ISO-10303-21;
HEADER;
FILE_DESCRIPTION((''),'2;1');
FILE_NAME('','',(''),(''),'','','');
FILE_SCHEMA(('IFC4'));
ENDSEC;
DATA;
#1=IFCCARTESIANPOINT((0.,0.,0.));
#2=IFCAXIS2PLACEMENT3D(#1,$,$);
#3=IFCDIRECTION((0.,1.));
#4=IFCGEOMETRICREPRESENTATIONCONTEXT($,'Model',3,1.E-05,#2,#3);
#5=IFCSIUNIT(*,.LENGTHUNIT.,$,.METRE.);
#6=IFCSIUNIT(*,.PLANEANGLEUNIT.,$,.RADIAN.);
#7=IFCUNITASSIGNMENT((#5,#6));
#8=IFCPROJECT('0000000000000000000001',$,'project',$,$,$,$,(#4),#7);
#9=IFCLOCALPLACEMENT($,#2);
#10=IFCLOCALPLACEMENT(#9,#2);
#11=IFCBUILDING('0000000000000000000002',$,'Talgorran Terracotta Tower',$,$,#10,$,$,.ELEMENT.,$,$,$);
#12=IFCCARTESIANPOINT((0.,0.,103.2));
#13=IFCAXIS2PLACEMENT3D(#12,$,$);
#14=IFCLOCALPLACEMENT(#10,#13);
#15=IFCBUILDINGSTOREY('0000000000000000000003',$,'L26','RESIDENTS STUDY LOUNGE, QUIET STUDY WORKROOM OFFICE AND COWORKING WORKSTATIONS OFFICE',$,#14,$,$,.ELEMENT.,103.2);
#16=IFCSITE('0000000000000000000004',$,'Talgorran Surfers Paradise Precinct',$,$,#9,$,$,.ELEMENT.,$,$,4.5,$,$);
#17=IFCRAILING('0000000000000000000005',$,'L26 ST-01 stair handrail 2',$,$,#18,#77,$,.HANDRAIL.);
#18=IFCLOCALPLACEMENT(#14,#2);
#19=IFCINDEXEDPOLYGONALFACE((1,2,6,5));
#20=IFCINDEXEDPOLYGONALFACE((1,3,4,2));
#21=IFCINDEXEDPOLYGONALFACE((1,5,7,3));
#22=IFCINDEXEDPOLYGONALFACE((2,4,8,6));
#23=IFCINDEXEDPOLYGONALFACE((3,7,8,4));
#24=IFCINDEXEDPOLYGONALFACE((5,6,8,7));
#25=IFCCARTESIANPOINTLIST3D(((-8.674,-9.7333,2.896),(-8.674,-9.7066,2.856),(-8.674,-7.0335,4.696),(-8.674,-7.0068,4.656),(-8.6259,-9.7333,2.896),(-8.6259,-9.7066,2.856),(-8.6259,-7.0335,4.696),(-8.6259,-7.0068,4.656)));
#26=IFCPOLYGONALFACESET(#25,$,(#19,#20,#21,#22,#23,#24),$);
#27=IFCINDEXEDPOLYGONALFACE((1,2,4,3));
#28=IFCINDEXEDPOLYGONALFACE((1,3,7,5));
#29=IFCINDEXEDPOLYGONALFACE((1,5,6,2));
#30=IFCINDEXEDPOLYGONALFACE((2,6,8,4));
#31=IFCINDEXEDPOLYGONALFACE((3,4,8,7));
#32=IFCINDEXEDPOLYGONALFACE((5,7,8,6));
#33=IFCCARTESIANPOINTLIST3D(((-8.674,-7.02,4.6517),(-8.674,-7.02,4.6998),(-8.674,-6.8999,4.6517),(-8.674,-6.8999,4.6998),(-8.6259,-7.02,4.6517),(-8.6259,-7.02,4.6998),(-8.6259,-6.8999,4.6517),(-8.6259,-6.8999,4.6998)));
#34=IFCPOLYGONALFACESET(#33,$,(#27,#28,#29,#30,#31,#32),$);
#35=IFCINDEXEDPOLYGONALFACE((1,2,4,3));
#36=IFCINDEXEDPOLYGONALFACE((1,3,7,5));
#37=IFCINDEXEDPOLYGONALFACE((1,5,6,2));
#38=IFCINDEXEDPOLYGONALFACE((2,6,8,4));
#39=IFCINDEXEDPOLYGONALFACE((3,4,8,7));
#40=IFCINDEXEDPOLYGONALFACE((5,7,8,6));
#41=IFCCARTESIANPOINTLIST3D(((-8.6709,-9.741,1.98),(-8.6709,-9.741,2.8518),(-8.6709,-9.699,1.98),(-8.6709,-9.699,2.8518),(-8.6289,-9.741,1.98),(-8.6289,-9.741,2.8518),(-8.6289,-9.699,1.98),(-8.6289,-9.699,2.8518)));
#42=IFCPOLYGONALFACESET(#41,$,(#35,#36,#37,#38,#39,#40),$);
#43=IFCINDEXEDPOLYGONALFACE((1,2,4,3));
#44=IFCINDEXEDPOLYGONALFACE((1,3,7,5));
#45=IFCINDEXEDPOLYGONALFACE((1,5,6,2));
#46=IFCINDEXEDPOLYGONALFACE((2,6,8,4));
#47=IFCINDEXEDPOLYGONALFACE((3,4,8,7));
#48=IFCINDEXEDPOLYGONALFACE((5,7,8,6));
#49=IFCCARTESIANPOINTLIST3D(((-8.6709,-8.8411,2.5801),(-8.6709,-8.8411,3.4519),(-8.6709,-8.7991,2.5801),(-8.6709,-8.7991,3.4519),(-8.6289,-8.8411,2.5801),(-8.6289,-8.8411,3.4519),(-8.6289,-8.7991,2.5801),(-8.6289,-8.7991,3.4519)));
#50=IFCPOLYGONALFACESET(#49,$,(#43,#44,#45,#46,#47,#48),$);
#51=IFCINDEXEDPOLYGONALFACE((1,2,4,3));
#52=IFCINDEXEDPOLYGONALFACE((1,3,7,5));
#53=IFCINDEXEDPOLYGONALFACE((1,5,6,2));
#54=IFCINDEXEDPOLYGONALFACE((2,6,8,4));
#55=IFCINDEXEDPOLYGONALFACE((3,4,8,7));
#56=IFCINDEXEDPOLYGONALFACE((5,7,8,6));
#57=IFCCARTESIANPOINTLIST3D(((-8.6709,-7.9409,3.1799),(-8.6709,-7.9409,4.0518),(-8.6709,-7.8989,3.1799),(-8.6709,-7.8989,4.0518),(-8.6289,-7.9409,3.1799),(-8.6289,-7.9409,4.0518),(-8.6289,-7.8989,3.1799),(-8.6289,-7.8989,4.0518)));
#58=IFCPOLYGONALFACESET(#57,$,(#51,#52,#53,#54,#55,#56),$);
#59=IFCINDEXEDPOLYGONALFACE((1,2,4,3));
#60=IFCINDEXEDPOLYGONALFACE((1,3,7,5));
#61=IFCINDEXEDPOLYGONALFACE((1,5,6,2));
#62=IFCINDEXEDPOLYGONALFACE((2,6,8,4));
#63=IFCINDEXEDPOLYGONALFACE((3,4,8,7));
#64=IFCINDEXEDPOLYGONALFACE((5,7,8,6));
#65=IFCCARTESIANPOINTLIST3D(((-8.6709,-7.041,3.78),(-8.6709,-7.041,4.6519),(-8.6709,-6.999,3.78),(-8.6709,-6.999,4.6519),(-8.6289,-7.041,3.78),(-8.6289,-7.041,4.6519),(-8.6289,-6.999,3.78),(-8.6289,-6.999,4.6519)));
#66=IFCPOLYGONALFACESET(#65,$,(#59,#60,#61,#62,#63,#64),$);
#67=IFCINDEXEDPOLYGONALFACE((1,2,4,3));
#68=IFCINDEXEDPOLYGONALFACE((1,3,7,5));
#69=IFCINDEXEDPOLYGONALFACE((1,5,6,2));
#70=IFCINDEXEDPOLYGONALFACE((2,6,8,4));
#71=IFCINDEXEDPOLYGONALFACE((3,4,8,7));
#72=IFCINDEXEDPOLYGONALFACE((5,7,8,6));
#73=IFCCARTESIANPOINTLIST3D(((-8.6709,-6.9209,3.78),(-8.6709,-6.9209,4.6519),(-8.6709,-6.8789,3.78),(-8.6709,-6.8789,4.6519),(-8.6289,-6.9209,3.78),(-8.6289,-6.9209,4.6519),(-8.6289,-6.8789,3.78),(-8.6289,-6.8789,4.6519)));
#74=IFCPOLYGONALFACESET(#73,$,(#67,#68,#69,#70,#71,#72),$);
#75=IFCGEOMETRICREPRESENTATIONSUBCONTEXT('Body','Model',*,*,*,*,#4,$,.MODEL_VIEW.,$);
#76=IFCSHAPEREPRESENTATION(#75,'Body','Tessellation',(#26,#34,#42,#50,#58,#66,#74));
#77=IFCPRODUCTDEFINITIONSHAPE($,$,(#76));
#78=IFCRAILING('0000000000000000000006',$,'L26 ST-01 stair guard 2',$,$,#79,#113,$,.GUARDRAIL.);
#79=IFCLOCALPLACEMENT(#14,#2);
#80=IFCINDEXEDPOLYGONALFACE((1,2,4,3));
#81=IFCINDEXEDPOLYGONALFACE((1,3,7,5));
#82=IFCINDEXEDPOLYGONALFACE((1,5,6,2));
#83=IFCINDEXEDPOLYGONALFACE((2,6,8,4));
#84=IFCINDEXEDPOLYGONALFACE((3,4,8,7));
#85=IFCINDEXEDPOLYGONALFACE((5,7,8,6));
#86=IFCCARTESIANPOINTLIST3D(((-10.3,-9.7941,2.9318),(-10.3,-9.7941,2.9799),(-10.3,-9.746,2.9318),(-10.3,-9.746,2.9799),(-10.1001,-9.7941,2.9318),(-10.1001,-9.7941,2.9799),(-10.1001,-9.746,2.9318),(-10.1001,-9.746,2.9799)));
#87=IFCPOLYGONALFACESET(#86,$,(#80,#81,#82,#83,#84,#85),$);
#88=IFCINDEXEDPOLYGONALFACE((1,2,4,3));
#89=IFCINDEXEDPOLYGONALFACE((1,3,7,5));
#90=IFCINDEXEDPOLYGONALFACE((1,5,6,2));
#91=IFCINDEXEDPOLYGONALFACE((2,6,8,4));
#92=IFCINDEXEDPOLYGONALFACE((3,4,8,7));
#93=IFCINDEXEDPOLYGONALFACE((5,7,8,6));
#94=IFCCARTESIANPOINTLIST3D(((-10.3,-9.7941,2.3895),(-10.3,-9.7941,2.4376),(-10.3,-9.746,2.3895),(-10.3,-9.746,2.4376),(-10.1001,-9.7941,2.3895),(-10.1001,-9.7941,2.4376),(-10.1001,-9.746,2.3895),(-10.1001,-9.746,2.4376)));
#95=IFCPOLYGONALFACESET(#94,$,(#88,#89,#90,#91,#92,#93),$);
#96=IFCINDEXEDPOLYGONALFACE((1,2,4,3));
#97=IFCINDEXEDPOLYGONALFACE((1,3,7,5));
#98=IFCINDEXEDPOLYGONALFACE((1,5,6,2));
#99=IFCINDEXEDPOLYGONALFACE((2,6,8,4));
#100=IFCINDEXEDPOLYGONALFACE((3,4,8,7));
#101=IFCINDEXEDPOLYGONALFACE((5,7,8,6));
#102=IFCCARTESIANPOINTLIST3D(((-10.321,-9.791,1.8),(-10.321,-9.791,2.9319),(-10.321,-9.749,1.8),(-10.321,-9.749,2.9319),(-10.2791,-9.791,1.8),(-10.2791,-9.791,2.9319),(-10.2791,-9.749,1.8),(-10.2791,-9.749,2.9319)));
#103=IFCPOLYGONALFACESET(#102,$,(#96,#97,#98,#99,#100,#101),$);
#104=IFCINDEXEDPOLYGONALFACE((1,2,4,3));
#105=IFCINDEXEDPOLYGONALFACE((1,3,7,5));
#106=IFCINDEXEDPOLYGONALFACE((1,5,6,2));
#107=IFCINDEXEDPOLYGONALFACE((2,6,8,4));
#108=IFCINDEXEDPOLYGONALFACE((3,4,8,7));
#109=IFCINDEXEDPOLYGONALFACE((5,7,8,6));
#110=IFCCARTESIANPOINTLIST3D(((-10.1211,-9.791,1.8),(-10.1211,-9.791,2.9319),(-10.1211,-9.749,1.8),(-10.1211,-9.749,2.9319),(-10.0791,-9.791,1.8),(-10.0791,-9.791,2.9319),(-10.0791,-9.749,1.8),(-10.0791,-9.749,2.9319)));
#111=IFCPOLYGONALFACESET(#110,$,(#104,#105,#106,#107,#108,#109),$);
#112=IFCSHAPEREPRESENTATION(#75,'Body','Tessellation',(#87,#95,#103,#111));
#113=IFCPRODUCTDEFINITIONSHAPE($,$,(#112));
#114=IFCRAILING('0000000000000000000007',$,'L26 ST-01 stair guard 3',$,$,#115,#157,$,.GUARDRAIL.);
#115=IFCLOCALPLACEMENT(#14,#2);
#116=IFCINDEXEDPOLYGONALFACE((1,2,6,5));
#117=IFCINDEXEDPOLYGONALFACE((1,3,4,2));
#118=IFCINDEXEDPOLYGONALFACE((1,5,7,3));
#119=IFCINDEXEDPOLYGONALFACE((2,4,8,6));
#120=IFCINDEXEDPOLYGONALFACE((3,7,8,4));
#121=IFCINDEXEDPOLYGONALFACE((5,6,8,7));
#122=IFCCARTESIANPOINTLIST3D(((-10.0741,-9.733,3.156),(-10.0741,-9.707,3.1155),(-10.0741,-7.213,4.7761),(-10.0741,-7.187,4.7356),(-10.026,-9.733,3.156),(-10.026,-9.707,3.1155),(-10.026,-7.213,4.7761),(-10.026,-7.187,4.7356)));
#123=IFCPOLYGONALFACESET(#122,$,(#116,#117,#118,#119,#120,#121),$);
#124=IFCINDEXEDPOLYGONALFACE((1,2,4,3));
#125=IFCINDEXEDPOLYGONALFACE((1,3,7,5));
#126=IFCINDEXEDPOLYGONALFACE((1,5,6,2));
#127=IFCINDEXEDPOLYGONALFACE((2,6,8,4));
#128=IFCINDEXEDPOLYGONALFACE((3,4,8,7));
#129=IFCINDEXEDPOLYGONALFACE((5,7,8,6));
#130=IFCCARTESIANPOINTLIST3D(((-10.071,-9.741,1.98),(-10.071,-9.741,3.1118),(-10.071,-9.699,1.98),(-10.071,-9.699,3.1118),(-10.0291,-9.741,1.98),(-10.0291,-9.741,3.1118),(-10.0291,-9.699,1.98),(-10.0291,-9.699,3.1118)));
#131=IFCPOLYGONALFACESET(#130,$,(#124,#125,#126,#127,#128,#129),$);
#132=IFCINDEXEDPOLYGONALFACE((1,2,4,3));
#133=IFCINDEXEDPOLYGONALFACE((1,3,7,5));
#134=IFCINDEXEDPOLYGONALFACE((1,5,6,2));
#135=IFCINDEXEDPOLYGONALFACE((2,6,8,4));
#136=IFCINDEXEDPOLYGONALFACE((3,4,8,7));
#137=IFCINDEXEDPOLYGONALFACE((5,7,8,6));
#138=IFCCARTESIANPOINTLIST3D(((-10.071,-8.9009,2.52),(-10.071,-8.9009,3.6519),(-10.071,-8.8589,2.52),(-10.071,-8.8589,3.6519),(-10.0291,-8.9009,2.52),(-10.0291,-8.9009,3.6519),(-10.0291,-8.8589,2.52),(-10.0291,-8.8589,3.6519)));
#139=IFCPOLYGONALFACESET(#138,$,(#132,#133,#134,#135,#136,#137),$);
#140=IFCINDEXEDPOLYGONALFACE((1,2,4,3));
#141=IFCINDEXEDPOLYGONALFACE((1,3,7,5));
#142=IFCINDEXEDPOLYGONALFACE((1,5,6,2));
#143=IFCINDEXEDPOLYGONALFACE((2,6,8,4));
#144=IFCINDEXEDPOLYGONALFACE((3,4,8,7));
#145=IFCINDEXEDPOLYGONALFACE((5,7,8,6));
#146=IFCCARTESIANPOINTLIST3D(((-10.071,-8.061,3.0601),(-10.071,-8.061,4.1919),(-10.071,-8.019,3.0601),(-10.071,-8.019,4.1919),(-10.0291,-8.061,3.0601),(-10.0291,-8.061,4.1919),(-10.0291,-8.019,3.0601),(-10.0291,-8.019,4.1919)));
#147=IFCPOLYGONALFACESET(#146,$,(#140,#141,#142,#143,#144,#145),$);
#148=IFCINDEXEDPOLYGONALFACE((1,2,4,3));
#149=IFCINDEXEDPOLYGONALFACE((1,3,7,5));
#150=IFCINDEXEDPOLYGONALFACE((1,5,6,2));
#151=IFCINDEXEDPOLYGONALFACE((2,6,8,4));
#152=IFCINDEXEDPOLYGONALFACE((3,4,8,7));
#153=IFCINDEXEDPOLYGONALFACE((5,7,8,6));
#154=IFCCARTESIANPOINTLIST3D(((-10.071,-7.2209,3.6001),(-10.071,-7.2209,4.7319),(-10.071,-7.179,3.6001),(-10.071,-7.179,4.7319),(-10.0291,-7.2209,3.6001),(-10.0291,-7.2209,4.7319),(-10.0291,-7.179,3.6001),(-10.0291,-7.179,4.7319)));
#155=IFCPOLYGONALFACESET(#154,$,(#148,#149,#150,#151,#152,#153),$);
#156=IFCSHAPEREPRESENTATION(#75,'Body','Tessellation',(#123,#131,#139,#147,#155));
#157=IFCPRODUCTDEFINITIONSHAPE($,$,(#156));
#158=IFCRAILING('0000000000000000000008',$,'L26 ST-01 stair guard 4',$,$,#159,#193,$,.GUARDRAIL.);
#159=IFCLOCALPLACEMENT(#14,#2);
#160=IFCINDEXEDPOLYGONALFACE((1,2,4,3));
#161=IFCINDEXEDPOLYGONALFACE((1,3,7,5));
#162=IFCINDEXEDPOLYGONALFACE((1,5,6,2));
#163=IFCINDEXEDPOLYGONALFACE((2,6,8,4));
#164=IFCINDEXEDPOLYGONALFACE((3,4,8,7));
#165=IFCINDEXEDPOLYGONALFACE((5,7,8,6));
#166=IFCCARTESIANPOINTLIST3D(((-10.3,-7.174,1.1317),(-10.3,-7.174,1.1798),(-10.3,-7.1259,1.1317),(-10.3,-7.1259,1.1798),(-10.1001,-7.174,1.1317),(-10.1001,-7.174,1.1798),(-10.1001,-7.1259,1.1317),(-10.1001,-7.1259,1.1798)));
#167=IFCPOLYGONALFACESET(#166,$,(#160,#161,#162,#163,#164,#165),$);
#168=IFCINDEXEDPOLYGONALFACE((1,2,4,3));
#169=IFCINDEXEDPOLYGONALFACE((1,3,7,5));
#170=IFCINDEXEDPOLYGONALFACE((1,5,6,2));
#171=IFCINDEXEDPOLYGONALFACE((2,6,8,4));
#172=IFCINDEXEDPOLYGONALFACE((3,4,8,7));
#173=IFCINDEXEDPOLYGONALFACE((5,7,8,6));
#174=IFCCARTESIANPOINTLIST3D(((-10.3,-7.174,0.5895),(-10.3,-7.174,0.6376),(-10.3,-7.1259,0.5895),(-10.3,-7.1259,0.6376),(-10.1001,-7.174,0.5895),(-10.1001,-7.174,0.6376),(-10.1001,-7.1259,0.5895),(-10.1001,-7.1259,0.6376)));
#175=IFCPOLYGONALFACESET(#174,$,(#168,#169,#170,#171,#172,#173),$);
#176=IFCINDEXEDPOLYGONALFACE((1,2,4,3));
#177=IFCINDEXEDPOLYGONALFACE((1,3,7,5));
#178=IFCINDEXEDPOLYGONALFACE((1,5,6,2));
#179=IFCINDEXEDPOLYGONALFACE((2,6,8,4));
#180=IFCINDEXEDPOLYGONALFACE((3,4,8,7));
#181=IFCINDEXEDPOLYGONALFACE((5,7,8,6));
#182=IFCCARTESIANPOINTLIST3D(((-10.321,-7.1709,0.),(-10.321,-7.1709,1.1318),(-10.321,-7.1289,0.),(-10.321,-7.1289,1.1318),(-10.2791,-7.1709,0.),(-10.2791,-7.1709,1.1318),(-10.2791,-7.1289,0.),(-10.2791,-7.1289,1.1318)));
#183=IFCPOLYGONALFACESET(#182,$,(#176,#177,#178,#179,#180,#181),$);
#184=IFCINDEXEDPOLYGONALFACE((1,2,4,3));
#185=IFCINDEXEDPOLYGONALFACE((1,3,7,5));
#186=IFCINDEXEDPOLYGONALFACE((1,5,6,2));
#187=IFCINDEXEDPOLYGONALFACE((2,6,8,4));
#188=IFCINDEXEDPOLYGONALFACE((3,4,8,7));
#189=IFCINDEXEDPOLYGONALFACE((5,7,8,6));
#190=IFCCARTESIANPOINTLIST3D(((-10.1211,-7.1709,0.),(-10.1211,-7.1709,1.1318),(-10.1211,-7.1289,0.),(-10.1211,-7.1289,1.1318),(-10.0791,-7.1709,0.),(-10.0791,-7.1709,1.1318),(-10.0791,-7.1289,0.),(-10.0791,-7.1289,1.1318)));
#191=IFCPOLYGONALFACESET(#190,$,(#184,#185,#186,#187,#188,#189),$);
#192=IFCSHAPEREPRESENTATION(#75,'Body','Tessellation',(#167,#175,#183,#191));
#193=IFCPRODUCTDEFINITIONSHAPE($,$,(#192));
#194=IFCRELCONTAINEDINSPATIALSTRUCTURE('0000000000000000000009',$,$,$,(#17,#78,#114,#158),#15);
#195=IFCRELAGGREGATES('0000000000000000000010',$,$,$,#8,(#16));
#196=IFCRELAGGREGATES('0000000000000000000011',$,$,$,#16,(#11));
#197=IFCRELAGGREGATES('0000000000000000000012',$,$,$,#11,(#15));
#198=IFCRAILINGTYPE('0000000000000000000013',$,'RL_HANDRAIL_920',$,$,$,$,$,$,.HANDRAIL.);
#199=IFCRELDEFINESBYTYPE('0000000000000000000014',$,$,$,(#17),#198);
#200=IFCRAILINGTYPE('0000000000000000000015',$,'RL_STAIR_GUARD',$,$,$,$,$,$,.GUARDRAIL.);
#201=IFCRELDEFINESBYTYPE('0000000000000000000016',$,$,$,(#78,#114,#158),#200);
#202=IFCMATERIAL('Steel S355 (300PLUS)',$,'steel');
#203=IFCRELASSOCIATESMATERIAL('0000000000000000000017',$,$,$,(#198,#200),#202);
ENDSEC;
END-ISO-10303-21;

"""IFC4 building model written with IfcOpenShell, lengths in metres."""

from ifc_helpers import new_model, si_unit, direction, frame, origin, origin_2d, place, context, subcontext, project, spatial, rectangle, extrude, material, type_object, element, save


model = new_model("IFC4")

# Units and contexts
model_context = context("Model", 3, precision=1e-05, world=origin(), true_north=direction((0.0, 1.0)))
body_context = subcontext(model_context, "Body", "Model", "MODEL_VIEW")
ifc_project = project(units=[si_unit("LENGTHUNIT", "METRE"), si_unit("PLANEANGLEUNIT", "RADIAN")], contexts=[model_context])

# Site, building, storey
site_placement = place(None, origin())
site = spatial("IfcSite", under=ifc_project, at=site_placement, Name="Talgorran Surfers Paradise Precinct", CompositionType="ELEMENT", RefElevation=4.5)
building_placement = place(site_placement, origin())
building = spatial("IfcBuilding", under=site, at=building_placement, Name="Talgorran Terracotta Tower", CompositionType="ELEMENT")
storey_placement = place(building_placement, frame((0.0, 0.0, 103.2)))
storey = spatial("IfcBuildingStorey", under=building, at=storey_placement, Name="L26", Description="RESIDENTS STUDY LOUNGE, QUIET STUDY WORKROOM OFFICE AND COWORKING WORKSTATIONS OFFICE", CompositionType="ELEMENT", Elevation=103.2)

# Railings
ifc_material_1 = material(Name="Steel S355 (300PLUS)", Category="steel")
railing_type_1 = type_object("IfcRailingType", Name="RL_HANDRAIL_920", PredefinedType="HANDRAIL", material=ifc_material_1)
railing_1_placement = place(storey_placement, frame((-8.6499, -9.72, 1.98)))
element("IfcRailing", 1, at=railing_1_placement, inside=storey, type_object=railing_type_1, Name="L26 ST-01 stair handrail 2", PredefinedType="HANDRAIL", context=body_context, shape_type="SweptSolid", body=[
    extrude(rectangle(XDim=0.0481, YDim=0.0481, at=origin_2d()), frame((0.0, 0.0, 0.896), z_axis=(0.0, 0.832039, 0.554718), x_axis=(-1.0, 0.0, 0.0)), (0.0, 0.0, 1.0), 3.2449),
    extrude(rectangle(XDim=0.0481, YDim=0.0481, at=origin_2d()), frame((0.0, 2.7, 2.6958), z_axis=(0.0, 1.0, 0.0), x_axis=(-1.0, 0.0, 0.0)), (0.0, 0.0, 1.0), 0.1201),
    extrude(rectangle(XDim=0.042, YDim=0.042, at=origin_2d()), origin(), (0.0, 0.0, 1.0), 0.8718),
    extrude(rectangle(XDim=0.042, YDim=0.042, at=origin_2d()), frame((0.0, 0.8999, 0.6001)), (0.0, 0.0, 1.0), 0.8718),
    extrude(rectangle(XDim=0.042, YDim=0.042, at=origin_2d()), frame((0.0, 1.8, 1.2)), (0.0, 0.0, 1.0), 0.8718),
    extrude(rectangle(XDim=0.042, YDim=0.042, at=origin_2d()), frame((0.0, 2.7, 1.8)), (0.0, 0.0, 1.0), 0.8718),
    extrude(rectangle(XDim=0.042, YDim=0.042, at=origin_2d()), frame((0.0, 2.8201, 1.8)), (0.0, 0.0, 1.0), 0.8718),
])
railing_type_2 = type_object("IfcRailingType", Name="RL_STAIR_GUARD", PredefinedType="GUARDRAIL", material=ifc_material_1)
railing_2_placement = place(storey_placement, frame((-10.3, -9.77, 1.8)))
element("IfcRailing", 2, at=railing_2_placement, inside=storey, type_object=railing_type_2, Name="L26 ST-01 stair guard 2", PredefinedType="GUARDRAIL", context=body_context, shape_type="SweptSolid", body=[
    extrude(rectangle(XDim=0.0481, YDim=0.0481, at=origin_2d()), frame((0.0, 0.0, 1.1558), z_axis=(1.0, 0.0, 0.0), x_axis=(0.0, 1.0, 0.0)), (0.0, 0.0, 1.0), 0.2),
    extrude(rectangle(XDim=0.0481, YDim=0.0481, at=origin_2d()), frame((0.0, 0.0, 0.6135), z_axis=(1.0, 0.0, 0.0), x_axis=(0.0, 1.0, 0.0)), (0.0, 0.0, 1.0), 0.2),
    extrude(rectangle(XDim=0.042, YDim=0.042, at=origin_2d()), origin(), (0.0, 0.0, 1.0), 1.1318),
    extrude(rectangle(XDim=0.042, YDim=0.042, at=origin_2d()), frame((0.2, 0.0, 0.0)), (0.0, 0.0, 1.0), 1.1318),
])
railing_3_placement = place(storey_placement, frame((-10.05, -9.72, 1.98)))
element("IfcRailing", 3, at=railing_3_placement, inside=storey, type_object=railing_type_2, Name="L26 ST-01 stair guard 3", PredefinedType="GUARDRAIL", context=body_context, shape_type="SweptSolid", body=[
    extrude(rectangle(XDim=0.0481, YDim=0.0481, at=origin_2d()), frame((0.0, 0.0, 1.1558), z_axis=(0.0, 0.841163, 0.540782), x_axis=(-1.0, 0.0, 0.0)), (0.0, 0.0, 1.0), 2.9958),
    extrude(rectangle(XDim=0.042, YDim=0.042, at=origin_2d()), origin(), (0.0, 0.0, 1.0), 1.1318),
    extrude(rectangle(XDim=0.042, YDim=0.042, at=origin_2d()), frame((0.0, 0.8401, 0.54)), (0.0, 0.0, 1.0), 1.1318),
    extrude(rectangle(XDim=0.042, YDim=0.042, at=origin_2d()), frame((0.0, 1.6799, 1.0801)), (0.0, 0.0, 1.0), 1.1318),
    extrude(rectangle(XDim=0.042, YDim=0.042, at=origin_2d()), frame((0.0, 2.52, 1.6201)), (0.0, 0.0, 1.0), 1.1318),
])
railing_4_placement = place(storey_placement, frame((-10.3, -7.1499, 0.0)))
element("IfcRailing", 4, at=railing_4_placement, inside=storey, type_object=railing_type_2, Name="L26 ST-01 stair guard 4", PredefinedType="GUARDRAIL", context=body_context, shape_type="SweptSolid", body=[
    extrude(rectangle(XDim=0.0481, YDim=0.0481, at=origin_2d()), frame((0.0, 0.0, 1.1558), z_axis=(1.0, 0.0, 0.0), x_axis=(0.0, 1.0, 0.0)), (0.0, 0.0, 1.0), 0.2),
    extrude(rectangle(XDim=0.0481, YDim=0.0481, at=origin_2d()), frame((0.0, 0.0, 0.6135), z_axis=(1.0, 0.0, 0.0), x_axis=(0.0, 1.0, 0.0)), (0.0, 0.0, 1.0), 0.2),
    extrude(rectangle(XDim=0.042, YDim=0.042, at=origin_2d()), origin(), (0.0, 0.0, 1.0), 1.1318),
    extrude(rectangle(XDim=0.042, YDim=0.042, at=origin_2d()), frame((0.2, 0.0, 0.0)), (0.0, 0.0, 1.0), 1.1318),
])

save(model, "model.ifc")
